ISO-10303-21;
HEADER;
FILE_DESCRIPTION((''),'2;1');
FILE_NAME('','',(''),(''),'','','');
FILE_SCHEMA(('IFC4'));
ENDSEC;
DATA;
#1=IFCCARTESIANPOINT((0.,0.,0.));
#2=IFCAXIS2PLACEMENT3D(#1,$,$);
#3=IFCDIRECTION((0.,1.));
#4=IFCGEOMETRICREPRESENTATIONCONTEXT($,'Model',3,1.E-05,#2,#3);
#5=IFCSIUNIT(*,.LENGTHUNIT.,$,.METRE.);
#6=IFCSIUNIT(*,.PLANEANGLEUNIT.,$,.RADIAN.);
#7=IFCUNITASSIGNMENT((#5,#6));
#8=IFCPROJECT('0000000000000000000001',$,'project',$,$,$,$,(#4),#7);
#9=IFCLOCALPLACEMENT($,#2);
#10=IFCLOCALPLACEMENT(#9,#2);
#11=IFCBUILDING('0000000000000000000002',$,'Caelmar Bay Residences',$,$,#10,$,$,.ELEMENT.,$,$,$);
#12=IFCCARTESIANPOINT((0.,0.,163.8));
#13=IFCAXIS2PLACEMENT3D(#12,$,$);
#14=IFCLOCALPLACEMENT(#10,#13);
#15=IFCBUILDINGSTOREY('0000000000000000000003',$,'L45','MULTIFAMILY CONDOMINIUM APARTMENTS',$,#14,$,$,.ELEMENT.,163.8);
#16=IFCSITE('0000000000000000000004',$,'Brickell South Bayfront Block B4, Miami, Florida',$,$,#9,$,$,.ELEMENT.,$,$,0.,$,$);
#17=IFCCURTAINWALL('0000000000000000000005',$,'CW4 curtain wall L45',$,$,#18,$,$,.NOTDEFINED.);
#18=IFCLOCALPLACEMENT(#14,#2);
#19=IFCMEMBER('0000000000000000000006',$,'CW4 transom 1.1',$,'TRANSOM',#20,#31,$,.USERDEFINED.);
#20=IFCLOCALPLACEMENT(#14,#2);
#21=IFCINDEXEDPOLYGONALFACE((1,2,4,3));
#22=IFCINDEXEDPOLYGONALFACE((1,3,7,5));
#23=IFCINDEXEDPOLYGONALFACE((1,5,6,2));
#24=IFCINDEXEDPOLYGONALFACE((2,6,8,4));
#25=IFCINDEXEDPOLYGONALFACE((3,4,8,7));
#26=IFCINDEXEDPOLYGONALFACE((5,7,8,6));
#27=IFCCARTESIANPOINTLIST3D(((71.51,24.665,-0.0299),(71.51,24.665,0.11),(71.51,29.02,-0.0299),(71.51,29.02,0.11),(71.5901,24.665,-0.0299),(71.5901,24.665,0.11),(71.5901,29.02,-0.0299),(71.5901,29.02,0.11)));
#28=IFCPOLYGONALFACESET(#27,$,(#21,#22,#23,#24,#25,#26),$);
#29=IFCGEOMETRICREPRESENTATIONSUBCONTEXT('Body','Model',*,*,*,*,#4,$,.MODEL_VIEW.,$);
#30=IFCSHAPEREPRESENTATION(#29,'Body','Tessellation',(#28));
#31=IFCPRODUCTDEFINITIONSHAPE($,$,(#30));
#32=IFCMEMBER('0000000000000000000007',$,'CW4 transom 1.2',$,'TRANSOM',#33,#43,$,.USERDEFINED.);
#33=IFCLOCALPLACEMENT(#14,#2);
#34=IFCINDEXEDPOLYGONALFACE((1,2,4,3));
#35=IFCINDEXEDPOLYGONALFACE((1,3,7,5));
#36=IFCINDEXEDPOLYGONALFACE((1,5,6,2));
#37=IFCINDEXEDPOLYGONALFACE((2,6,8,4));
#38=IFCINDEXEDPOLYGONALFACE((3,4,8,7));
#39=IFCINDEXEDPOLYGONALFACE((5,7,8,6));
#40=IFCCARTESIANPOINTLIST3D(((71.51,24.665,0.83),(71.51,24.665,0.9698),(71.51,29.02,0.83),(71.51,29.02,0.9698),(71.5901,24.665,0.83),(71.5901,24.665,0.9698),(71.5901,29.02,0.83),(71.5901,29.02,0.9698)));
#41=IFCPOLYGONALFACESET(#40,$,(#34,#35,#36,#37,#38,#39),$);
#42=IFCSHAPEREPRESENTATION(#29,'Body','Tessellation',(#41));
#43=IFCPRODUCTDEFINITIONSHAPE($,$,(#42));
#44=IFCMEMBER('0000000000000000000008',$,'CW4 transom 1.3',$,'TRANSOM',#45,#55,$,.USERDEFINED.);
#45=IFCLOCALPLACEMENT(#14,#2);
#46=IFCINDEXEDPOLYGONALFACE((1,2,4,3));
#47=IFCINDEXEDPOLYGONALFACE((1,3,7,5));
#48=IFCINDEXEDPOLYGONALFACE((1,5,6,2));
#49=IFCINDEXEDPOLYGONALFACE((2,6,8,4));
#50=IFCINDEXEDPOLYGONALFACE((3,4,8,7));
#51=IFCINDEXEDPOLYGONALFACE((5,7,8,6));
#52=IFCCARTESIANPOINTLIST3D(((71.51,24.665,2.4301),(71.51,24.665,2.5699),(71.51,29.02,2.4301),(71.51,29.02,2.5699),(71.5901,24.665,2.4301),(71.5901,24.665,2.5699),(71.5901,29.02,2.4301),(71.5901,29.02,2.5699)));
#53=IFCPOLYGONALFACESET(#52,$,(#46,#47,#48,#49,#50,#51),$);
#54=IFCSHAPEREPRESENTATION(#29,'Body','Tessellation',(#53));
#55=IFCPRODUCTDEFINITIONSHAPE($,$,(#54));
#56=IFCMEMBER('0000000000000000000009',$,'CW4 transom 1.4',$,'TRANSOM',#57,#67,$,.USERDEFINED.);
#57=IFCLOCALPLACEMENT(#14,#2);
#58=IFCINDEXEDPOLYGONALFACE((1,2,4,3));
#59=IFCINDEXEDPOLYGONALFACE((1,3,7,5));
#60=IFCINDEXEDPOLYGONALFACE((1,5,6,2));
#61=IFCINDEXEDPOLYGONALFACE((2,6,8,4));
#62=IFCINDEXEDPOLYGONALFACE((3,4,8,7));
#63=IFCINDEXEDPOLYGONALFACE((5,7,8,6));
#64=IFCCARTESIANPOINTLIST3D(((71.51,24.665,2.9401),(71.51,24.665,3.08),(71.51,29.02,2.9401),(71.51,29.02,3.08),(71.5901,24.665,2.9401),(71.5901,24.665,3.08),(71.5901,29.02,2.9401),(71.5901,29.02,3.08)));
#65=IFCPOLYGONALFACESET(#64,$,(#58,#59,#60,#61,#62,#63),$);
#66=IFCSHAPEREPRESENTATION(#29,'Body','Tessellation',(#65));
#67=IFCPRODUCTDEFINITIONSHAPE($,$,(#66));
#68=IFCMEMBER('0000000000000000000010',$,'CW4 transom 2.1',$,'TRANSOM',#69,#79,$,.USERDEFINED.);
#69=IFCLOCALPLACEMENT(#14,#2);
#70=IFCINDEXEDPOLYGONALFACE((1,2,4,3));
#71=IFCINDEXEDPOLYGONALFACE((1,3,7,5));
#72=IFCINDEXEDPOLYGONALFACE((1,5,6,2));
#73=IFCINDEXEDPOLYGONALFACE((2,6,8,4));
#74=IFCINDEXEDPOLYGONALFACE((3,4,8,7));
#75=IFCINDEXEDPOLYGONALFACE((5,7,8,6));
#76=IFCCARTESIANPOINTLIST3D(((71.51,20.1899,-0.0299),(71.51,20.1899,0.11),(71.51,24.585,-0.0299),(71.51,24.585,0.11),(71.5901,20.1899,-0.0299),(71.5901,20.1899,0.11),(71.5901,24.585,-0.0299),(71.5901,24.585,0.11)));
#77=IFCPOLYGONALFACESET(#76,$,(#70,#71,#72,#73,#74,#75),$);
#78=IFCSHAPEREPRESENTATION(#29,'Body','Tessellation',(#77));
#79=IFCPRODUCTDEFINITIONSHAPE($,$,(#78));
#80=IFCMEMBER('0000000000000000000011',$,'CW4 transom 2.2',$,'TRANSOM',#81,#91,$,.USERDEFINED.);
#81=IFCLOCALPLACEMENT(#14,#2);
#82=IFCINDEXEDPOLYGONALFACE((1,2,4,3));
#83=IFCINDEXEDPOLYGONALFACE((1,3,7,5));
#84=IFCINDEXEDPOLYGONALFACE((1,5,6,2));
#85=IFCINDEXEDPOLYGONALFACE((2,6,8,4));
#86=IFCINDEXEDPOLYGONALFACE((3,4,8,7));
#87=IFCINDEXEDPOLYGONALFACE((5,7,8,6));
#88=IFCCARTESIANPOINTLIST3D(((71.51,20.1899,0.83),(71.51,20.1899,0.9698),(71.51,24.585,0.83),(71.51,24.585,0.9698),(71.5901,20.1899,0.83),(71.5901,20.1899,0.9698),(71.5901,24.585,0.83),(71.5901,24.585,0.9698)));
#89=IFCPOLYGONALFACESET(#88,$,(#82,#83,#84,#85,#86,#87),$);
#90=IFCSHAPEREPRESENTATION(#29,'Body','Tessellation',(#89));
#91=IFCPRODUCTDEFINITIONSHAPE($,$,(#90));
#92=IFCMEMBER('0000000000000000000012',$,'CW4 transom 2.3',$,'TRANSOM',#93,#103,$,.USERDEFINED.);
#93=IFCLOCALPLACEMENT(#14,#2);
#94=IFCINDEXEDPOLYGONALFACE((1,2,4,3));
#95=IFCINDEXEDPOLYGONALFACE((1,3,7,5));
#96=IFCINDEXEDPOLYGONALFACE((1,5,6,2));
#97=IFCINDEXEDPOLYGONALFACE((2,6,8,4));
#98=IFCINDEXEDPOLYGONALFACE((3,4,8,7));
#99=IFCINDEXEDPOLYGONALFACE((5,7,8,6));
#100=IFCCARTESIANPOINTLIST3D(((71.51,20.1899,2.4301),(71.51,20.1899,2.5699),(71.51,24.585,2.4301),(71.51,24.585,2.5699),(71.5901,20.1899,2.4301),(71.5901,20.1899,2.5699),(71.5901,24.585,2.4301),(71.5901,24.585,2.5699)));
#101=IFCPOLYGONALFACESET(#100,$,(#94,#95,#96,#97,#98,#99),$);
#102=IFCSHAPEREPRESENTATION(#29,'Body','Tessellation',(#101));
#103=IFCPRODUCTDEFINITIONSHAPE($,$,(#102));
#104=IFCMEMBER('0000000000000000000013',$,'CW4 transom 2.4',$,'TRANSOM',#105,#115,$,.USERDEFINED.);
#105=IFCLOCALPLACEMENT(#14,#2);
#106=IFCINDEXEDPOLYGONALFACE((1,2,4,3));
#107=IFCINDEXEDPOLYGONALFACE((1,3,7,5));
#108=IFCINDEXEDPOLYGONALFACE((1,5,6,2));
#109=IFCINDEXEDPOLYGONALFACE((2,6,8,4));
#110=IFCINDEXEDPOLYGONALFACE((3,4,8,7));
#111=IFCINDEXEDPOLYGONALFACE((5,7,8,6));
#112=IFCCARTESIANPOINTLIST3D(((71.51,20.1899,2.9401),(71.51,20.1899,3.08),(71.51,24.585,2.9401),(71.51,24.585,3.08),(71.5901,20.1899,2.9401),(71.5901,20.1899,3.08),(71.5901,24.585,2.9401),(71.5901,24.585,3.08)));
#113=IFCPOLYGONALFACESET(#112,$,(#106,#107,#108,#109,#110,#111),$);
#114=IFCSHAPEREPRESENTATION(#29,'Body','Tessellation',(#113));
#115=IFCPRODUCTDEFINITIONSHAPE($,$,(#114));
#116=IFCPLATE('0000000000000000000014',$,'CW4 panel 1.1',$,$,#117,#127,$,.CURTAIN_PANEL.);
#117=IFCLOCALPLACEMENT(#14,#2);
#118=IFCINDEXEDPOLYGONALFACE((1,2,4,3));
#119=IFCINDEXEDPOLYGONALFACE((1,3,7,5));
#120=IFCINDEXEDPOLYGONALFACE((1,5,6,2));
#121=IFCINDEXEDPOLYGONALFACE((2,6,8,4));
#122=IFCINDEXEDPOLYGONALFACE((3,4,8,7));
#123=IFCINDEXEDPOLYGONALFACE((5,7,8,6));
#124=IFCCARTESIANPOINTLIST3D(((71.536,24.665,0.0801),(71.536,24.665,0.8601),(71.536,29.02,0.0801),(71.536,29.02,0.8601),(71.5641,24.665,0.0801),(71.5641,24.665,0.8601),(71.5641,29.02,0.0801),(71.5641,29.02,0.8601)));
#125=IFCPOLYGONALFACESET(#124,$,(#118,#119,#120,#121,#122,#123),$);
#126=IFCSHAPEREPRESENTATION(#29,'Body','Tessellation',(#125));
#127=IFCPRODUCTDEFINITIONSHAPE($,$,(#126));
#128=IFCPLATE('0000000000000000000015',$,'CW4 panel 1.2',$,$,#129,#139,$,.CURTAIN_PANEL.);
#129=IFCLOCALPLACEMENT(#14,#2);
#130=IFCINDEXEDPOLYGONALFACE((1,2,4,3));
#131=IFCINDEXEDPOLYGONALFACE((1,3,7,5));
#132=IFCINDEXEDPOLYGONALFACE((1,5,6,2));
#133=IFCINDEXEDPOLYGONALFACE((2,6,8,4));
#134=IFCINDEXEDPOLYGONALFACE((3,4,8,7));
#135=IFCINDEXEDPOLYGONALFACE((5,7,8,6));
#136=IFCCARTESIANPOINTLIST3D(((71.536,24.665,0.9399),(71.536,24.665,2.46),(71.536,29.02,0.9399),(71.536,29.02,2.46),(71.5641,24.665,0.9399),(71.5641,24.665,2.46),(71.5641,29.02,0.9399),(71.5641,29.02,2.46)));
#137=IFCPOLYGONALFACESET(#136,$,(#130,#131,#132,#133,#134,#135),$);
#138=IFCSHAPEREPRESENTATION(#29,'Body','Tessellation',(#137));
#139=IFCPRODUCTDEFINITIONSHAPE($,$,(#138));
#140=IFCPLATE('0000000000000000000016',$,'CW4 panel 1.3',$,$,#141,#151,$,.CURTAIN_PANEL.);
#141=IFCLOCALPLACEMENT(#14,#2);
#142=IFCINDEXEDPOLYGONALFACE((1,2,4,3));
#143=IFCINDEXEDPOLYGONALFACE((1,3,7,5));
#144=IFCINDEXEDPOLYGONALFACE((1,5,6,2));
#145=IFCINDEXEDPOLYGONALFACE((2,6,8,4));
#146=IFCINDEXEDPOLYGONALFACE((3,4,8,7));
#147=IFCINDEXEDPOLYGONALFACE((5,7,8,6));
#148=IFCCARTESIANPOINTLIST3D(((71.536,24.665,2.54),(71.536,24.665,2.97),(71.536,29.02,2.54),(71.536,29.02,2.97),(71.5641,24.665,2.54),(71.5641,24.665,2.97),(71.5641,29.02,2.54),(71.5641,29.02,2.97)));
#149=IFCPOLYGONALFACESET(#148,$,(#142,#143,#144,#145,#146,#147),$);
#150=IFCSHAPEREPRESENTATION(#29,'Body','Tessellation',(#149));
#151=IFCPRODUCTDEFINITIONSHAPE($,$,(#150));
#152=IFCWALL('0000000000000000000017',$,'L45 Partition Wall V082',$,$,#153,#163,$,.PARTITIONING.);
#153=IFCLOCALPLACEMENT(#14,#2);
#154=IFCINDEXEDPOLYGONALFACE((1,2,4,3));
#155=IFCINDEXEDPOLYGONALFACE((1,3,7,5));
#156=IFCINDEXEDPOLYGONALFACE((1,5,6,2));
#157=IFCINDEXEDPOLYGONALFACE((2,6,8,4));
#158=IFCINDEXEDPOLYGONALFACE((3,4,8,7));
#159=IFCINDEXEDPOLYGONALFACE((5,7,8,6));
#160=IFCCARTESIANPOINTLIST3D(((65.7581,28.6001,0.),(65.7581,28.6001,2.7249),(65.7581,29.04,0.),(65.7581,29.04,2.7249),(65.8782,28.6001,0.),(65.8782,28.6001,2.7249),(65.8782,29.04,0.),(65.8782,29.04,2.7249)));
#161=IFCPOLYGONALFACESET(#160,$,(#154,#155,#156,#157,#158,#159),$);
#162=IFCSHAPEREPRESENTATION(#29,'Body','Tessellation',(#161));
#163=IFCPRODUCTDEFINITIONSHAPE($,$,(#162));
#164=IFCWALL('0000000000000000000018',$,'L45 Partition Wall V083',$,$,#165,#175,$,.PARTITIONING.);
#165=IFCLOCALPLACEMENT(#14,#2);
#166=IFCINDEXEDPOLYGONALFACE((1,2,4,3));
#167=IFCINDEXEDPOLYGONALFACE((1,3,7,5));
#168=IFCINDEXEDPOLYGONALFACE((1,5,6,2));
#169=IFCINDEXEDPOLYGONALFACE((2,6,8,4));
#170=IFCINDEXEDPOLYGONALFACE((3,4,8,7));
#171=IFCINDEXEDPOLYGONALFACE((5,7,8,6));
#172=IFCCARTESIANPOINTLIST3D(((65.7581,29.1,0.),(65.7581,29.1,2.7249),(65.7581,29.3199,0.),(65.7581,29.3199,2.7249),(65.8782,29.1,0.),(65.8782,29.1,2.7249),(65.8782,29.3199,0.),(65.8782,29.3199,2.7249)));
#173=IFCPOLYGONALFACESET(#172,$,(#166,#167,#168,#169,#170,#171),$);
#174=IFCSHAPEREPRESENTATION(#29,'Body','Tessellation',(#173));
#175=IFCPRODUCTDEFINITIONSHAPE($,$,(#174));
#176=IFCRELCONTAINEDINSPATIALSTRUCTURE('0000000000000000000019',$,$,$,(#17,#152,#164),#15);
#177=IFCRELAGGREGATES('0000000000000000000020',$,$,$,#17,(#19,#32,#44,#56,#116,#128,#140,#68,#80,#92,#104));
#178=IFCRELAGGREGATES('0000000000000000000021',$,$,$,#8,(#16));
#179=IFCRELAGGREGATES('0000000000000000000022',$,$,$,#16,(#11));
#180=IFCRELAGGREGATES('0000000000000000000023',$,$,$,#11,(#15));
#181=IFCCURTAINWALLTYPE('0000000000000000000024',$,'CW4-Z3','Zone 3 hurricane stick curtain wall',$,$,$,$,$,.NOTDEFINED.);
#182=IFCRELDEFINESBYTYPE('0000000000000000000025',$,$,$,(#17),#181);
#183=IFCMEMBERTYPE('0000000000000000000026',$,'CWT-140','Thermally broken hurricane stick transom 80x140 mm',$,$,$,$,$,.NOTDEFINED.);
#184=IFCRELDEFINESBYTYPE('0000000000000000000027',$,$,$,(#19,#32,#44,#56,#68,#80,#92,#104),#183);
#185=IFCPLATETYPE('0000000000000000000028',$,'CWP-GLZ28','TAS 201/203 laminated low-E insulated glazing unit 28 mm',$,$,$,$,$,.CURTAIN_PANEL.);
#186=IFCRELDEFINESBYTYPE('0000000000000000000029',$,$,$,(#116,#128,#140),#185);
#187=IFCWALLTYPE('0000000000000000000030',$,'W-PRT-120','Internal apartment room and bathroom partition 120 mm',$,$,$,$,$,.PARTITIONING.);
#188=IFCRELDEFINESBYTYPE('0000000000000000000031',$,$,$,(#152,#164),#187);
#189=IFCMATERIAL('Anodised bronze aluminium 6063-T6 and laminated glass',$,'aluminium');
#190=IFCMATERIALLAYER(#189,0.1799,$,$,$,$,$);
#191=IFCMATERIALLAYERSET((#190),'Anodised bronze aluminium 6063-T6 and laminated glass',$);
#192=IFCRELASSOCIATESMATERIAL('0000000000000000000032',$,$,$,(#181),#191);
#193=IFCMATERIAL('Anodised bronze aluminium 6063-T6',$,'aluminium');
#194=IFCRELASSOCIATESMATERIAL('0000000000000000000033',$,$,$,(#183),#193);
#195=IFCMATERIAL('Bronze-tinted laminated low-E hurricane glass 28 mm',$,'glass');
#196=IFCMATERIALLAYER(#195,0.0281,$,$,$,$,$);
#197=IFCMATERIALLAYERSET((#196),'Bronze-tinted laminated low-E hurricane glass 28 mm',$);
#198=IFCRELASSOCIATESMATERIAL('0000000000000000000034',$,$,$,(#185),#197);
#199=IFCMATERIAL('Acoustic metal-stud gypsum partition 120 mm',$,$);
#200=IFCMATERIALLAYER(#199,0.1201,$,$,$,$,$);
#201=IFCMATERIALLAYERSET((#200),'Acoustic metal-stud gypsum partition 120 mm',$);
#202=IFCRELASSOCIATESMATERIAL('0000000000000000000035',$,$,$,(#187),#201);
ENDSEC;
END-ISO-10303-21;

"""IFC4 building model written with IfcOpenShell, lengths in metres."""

from ifc_helpers import new_model, si_unit, direction, frame, frame_2d, origin, origin_2d, place, context, subcontext, project, spatial, rectangle, extrude, material, layer, layer_set, material_profile, profile_set, type_object, element, aggregate, save


model = new_model("IFC4")

# Units and contexts
model_context = context("Model", 3, precision=1e-05, world=origin(), true_north=direction((0.0, 1.0)))
body_context = subcontext(model_context, "Body", "Model", "MODEL_VIEW")
ifc_project = project(units=[si_unit("LENGTHUNIT", "METRE"), si_unit("PLANEANGLEUNIT", "RADIAN")], contexts=[model_context])

# Site, building, storey
site_placement = place(None, origin())
site = spatial("IfcSite", under=ifc_project, at=site_placement, Name="Brickell South Bayfront Block B4, Miami, Florida", CompositionType="ELEMENT", RefElevation=0.0)
building_placement = place(site_placement, origin())
building = spatial("IfcBuilding", under=site, at=building_placement, Name="Caelmar Bay Residences", CompositionType="ELEMENT")
storey_placement = place(building_placement, frame((0.0, 0.0, 163.8)))
storey = spatial("IfcBuildingStorey", under=building, at=storey_placement, Name="L45", Description="MULTIFAMILY CONDOMINIUM APARTMENTS", CompositionType="ELEMENT", Elevation=163.8)

# Curtain wall, members, plates
ifc_material_1 = material(Name="Anodised bronze aluminium 6063-T6 and laminated glass", Category="aluminium")
ifc_layer_1 = layer(ifc_material_1, 0.1799)
ifc_layer_set_1 = layer_set([ifc_layer_1], Name="Anodised bronze aluminium 6063-T6 and laminated glass")
curtain_wall_type = type_object("IfcCurtainWallType", Name="CW4-Z3", Description="Zone 3 hurricane stick curtain wall", PredefinedType="NOTDEFINED", material=ifc_layer_set_1)
curtain_wall_placement = place(storey_placement, origin())
curtain_wall = element("IfcCurtainWall", 1, at=curtain_wall_placement, inside=storey, type_object=curtain_wall_type, Name="CW4 curtain wall L45", PredefinedType="NOTDEFINED")
ifc_material_2 = material(Name="Anodised bronze aluminium 6063-T6", Category="aluminium")
ifc_material_profile_1 = material_profile(ifc_material_2, rectangle(XDim=0.0801, YDim=0.1399, at=origin_2d()), Name="CWT-80X140")
ifc_profile_set_1 = profile_set([ifc_material_profile_1], Name="Anodised bronze aluminium 6063-T6")
member_type_1 = type_object("IfcMemberType", Name="CWT-140", Description="Thermally broken hurricane stick transom 80x140 mm", PredefinedType="NOTDEFINED", material=ifc_profile_set_1)
member_1_placement = place(storey_placement, frame((71.55, 29.02, 0.04), z_axis=(0.0, -1.0, 0.0), x_axis=(1.0, 0.0, 0.0)))
member_1 = element("IfcMember", 2, at=member_1_placement, type_object=member_type_1, Name="CW4 transom 1.1", ObjectType="TRANSOM", PredefinedType="USERDEFINED", context=body_context, shape_type="SweptSolid", body=[
    extrude(rectangle(XDim=0.0801, YDim=0.1399, at=origin_2d()), origin(), (0.0, 0.0, 1.0), 4.355),
])
member_2_placement = place(storey_placement, frame((71.55, 29.02, 0.8999), z_axis=(0.0, -1.0, 0.0), x_axis=(1.0, 0.0, 0.0)))
member_2 = element("IfcMember", 3, at=member_2_placement, type_object=member_type_1, Name="CW4 transom 1.2", ObjectType="TRANSOM", PredefinedType="USERDEFINED", context=body_context, shape_type="SweptSolid", body=[
    extrude(rectangle(XDim=0.0801, YDim=0.1399, at=origin_2d()), origin(), (0.0, 0.0, 1.0), 4.355),
])
member_3_placement = place(storey_placement, frame((71.55, 29.02, 2.5), z_axis=(0.0, -1.0, 0.0), x_axis=(1.0, 0.0, 0.0)))
member_3 = element("IfcMember", 4, at=member_3_placement, type_object=member_type_1, Name="CW4 transom 1.3", ObjectType="TRANSOM", PredefinedType="USERDEFINED", context=body_context, shape_type="SweptSolid", body=[
    extrude(rectangle(XDim=0.0801, YDim=0.1399, at=origin_2d()), origin(), (0.0, 0.0, 1.0), 4.355),
])
member_4_placement = place(storey_placement, frame((71.55, 29.02, 3.01), z_axis=(0.0, -1.0, 0.0), x_axis=(1.0, 0.0, 0.0)))
member_4 = element("IfcMember", 5, at=member_4_placement, type_object=member_type_1, Name="CW4 transom 1.4", ObjectType="TRANSOM", PredefinedType="USERDEFINED", context=body_context, shape_type="SweptSolid", body=[
    extrude(rectangle(XDim=0.0801, YDim=0.1399, at=origin_2d()), origin(), (0.0, 0.0, 1.0), 4.355),
])
member_5_placement = place(storey_placement, frame((71.55, 24.585, 0.04), z_axis=(0.0, -1.0, 0.0), x_axis=(1.0, 0.0, 0.0)))
member_5 = element("IfcMember", 6, at=member_5_placement, type_object=member_type_1, Name="CW4 transom 2.1", ObjectType="TRANSOM", PredefinedType="USERDEFINED", context=body_context, shape_type="SweptSolid", body=[
    extrude(rectangle(XDim=0.0801, YDim=0.1399, at=origin_2d()), origin(), (0.0, 0.0, 1.0), 4.395),
])
member_6_placement = place(storey_placement, frame((71.55, 24.585, 0.8999), z_axis=(0.0, -1.0, 0.0), x_axis=(1.0, 0.0, 0.0)))
member_6 = element("IfcMember", 7, at=member_6_placement, type_object=member_type_1, Name="CW4 transom 2.2", ObjectType="TRANSOM", PredefinedType="USERDEFINED", context=body_context, shape_type="SweptSolid", body=[
    extrude(rectangle(XDim=0.0801, YDim=0.1399, at=origin_2d()), origin(), (0.0, 0.0, 1.0), 4.395),
])
member_7_placement = place(storey_placement, frame((71.55, 24.585, 2.5), z_axis=(0.0, -1.0, 0.0), x_axis=(1.0, 0.0, 0.0)))
member_7 = element("IfcMember", 8, at=member_7_placement, type_object=member_type_1, Name="CW4 transom 2.3", ObjectType="TRANSOM", PredefinedType="USERDEFINED", context=body_context, shape_type="SweptSolid", body=[
    extrude(rectangle(XDim=0.0801, YDim=0.1399, at=origin_2d()), origin(), (0.0, 0.0, 1.0), 4.395),
])
member_8_placement = place(storey_placement, frame((71.55, 24.585, 3.01), z_axis=(0.0, -1.0, 0.0), x_axis=(1.0, 0.0, 0.0)))
member_8 = element("IfcMember", 9, at=member_8_placement, type_object=member_type_1, Name="CW4 transom 2.4", ObjectType="TRANSOM", PredefinedType="USERDEFINED", context=body_context, shape_type="SweptSolid", body=[
    extrude(rectangle(XDim=0.0801, YDim=0.1399, at=origin_2d()), origin(), (0.0, 0.0, 1.0), 4.395),
])
ifc_material_3 = material(Name="Bronze-tinted laminated low-E hurricane glass 28 mm", Category="glass")
ifc_layer_2 = layer(ifc_material_3, 0.0281)
ifc_layer_set_2 = layer_set([ifc_layer_2], Name="Bronze-tinted laminated low-E hurricane glass 28 mm")
plate_type = type_object("IfcPlateType", Name="CWP-GLZ28", Description="TAS 201/203 laminated low-E insulated glazing unit 28 mm", PredefinedType="CURTAIN_PANEL", material=ifc_layer_set_2)
plate_1_placement = place(storey_placement, frame((71.55, 26.8425, 0.0801), z_axis=(0.0, 0.0, 1.0), x_axis=(0.0, -1.0, 0.0)))
plate_1 = element("IfcPlate", 10, at=plate_1_placement, type_object=plate_type, Name="CW4 panel 1.1", PredefinedType="CURTAIN_PANEL", context=body_context, shape_type="SweptSolid", body=[
    extrude(rectangle(XDim=4.355, YDim=0.0281, at=origin_2d()), origin(), (0.0, 0.0, 1.0), 0.78),
])
plate_2_placement = place(storey_placement, frame((71.55, 26.8425, 0.9399), z_axis=(0.0, 0.0, 1.0), x_axis=(0.0, -1.0, 0.0)))
plate_2 = element("IfcPlate", 11, at=plate_2_placement, type_object=plate_type, Name="CW4 panel 1.2", PredefinedType="CURTAIN_PANEL", context=body_context, shape_type="SweptSolid", body=[
    extrude(rectangle(XDim=4.355, YDim=0.0281, at=origin_2d()), origin(), (0.0, 0.0, 1.0), 1.52),
])
plate_3_placement = place(storey_placement, frame((71.55, 26.8425, 2.54), z_axis=(0.0, 0.0, 1.0), x_axis=(0.0, -1.0, 0.0)))
plate_3 = element("IfcPlate", 12, at=plate_3_placement, type_object=plate_type, Name="CW4 panel 1.3", PredefinedType="CURTAIN_PANEL", context=body_context, shape_type="SweptSolid", body=[
    extrude(rectangle(XDim=4.355, YDim=0.0281, at=origin_2d()), origin(), (0.0, 0.0, 1.0), 0.4299),
])
aggregate(curtain_wall, [member_1, member_2, member_3, member_4, plate_1, plate_2, plate_3, member_5, member_6, member_7, member_8])

# Walls
ifc_material_4 = material(Name="Acoustic metal-stud gypsum partition 120 mm")
ifc_layer_3 = layer(ifc_material_4, 0.1201)
ifc_layer_set_3 = layer_set([ifc_layer_3], Name="Acoustic metal-stud gypsum partition 120 mm")
wall_type = type_object("IfcWallType", Name="W-PRT-120", Description="Internal apartment room and bathroom partition 120 mm", PredefinedType="PARTITIONING", material=ifc_layer_set_3)
wall_1_placement = place(storey_placement, frame((65.8181, 28.6001, 0.0), z_axis=(0.0, 0.0, 1.0), x_axis=(0.0, 1.0, 0.0)))
element("IfcWall", 13, at=wall_1_placement, inside=storey, type_object=wall_type, Name="L45 Partition Wall V082", PredefinedType="PARTITIONING", context=body_context, shape_type="SweptSolid", body=[
    extrude(rectangle(XDim=0.4399, YDim=0.1201, at=frame_2d((0.22, 0.0))), origin(), (0.0, 0.0, 1.0), 2.7249),
])
wall_2_placement = place(storey_placement, frame((65.8181, 29.1001, 0.0), z_axis=(0.0, 0.0, 1.0), x_axis=(0.0, 1.0, 0.0)))
element("IfcWall", 14, at=wall_2_placement, inside=storey, type_object=wall_type, Name="L45 Partition Wall V083", PredefinedType="PARTITIONING", context=body_context, shape_type="SweptSolid", body=[
    extrude(rectangle(XDim=0.22, YDim=0.1201, at=frame_2d((0.1099, 0.0))), origin(), (0.0, 0.0, 1.0), 2.7249),
])

save(model, "model.ifc")
